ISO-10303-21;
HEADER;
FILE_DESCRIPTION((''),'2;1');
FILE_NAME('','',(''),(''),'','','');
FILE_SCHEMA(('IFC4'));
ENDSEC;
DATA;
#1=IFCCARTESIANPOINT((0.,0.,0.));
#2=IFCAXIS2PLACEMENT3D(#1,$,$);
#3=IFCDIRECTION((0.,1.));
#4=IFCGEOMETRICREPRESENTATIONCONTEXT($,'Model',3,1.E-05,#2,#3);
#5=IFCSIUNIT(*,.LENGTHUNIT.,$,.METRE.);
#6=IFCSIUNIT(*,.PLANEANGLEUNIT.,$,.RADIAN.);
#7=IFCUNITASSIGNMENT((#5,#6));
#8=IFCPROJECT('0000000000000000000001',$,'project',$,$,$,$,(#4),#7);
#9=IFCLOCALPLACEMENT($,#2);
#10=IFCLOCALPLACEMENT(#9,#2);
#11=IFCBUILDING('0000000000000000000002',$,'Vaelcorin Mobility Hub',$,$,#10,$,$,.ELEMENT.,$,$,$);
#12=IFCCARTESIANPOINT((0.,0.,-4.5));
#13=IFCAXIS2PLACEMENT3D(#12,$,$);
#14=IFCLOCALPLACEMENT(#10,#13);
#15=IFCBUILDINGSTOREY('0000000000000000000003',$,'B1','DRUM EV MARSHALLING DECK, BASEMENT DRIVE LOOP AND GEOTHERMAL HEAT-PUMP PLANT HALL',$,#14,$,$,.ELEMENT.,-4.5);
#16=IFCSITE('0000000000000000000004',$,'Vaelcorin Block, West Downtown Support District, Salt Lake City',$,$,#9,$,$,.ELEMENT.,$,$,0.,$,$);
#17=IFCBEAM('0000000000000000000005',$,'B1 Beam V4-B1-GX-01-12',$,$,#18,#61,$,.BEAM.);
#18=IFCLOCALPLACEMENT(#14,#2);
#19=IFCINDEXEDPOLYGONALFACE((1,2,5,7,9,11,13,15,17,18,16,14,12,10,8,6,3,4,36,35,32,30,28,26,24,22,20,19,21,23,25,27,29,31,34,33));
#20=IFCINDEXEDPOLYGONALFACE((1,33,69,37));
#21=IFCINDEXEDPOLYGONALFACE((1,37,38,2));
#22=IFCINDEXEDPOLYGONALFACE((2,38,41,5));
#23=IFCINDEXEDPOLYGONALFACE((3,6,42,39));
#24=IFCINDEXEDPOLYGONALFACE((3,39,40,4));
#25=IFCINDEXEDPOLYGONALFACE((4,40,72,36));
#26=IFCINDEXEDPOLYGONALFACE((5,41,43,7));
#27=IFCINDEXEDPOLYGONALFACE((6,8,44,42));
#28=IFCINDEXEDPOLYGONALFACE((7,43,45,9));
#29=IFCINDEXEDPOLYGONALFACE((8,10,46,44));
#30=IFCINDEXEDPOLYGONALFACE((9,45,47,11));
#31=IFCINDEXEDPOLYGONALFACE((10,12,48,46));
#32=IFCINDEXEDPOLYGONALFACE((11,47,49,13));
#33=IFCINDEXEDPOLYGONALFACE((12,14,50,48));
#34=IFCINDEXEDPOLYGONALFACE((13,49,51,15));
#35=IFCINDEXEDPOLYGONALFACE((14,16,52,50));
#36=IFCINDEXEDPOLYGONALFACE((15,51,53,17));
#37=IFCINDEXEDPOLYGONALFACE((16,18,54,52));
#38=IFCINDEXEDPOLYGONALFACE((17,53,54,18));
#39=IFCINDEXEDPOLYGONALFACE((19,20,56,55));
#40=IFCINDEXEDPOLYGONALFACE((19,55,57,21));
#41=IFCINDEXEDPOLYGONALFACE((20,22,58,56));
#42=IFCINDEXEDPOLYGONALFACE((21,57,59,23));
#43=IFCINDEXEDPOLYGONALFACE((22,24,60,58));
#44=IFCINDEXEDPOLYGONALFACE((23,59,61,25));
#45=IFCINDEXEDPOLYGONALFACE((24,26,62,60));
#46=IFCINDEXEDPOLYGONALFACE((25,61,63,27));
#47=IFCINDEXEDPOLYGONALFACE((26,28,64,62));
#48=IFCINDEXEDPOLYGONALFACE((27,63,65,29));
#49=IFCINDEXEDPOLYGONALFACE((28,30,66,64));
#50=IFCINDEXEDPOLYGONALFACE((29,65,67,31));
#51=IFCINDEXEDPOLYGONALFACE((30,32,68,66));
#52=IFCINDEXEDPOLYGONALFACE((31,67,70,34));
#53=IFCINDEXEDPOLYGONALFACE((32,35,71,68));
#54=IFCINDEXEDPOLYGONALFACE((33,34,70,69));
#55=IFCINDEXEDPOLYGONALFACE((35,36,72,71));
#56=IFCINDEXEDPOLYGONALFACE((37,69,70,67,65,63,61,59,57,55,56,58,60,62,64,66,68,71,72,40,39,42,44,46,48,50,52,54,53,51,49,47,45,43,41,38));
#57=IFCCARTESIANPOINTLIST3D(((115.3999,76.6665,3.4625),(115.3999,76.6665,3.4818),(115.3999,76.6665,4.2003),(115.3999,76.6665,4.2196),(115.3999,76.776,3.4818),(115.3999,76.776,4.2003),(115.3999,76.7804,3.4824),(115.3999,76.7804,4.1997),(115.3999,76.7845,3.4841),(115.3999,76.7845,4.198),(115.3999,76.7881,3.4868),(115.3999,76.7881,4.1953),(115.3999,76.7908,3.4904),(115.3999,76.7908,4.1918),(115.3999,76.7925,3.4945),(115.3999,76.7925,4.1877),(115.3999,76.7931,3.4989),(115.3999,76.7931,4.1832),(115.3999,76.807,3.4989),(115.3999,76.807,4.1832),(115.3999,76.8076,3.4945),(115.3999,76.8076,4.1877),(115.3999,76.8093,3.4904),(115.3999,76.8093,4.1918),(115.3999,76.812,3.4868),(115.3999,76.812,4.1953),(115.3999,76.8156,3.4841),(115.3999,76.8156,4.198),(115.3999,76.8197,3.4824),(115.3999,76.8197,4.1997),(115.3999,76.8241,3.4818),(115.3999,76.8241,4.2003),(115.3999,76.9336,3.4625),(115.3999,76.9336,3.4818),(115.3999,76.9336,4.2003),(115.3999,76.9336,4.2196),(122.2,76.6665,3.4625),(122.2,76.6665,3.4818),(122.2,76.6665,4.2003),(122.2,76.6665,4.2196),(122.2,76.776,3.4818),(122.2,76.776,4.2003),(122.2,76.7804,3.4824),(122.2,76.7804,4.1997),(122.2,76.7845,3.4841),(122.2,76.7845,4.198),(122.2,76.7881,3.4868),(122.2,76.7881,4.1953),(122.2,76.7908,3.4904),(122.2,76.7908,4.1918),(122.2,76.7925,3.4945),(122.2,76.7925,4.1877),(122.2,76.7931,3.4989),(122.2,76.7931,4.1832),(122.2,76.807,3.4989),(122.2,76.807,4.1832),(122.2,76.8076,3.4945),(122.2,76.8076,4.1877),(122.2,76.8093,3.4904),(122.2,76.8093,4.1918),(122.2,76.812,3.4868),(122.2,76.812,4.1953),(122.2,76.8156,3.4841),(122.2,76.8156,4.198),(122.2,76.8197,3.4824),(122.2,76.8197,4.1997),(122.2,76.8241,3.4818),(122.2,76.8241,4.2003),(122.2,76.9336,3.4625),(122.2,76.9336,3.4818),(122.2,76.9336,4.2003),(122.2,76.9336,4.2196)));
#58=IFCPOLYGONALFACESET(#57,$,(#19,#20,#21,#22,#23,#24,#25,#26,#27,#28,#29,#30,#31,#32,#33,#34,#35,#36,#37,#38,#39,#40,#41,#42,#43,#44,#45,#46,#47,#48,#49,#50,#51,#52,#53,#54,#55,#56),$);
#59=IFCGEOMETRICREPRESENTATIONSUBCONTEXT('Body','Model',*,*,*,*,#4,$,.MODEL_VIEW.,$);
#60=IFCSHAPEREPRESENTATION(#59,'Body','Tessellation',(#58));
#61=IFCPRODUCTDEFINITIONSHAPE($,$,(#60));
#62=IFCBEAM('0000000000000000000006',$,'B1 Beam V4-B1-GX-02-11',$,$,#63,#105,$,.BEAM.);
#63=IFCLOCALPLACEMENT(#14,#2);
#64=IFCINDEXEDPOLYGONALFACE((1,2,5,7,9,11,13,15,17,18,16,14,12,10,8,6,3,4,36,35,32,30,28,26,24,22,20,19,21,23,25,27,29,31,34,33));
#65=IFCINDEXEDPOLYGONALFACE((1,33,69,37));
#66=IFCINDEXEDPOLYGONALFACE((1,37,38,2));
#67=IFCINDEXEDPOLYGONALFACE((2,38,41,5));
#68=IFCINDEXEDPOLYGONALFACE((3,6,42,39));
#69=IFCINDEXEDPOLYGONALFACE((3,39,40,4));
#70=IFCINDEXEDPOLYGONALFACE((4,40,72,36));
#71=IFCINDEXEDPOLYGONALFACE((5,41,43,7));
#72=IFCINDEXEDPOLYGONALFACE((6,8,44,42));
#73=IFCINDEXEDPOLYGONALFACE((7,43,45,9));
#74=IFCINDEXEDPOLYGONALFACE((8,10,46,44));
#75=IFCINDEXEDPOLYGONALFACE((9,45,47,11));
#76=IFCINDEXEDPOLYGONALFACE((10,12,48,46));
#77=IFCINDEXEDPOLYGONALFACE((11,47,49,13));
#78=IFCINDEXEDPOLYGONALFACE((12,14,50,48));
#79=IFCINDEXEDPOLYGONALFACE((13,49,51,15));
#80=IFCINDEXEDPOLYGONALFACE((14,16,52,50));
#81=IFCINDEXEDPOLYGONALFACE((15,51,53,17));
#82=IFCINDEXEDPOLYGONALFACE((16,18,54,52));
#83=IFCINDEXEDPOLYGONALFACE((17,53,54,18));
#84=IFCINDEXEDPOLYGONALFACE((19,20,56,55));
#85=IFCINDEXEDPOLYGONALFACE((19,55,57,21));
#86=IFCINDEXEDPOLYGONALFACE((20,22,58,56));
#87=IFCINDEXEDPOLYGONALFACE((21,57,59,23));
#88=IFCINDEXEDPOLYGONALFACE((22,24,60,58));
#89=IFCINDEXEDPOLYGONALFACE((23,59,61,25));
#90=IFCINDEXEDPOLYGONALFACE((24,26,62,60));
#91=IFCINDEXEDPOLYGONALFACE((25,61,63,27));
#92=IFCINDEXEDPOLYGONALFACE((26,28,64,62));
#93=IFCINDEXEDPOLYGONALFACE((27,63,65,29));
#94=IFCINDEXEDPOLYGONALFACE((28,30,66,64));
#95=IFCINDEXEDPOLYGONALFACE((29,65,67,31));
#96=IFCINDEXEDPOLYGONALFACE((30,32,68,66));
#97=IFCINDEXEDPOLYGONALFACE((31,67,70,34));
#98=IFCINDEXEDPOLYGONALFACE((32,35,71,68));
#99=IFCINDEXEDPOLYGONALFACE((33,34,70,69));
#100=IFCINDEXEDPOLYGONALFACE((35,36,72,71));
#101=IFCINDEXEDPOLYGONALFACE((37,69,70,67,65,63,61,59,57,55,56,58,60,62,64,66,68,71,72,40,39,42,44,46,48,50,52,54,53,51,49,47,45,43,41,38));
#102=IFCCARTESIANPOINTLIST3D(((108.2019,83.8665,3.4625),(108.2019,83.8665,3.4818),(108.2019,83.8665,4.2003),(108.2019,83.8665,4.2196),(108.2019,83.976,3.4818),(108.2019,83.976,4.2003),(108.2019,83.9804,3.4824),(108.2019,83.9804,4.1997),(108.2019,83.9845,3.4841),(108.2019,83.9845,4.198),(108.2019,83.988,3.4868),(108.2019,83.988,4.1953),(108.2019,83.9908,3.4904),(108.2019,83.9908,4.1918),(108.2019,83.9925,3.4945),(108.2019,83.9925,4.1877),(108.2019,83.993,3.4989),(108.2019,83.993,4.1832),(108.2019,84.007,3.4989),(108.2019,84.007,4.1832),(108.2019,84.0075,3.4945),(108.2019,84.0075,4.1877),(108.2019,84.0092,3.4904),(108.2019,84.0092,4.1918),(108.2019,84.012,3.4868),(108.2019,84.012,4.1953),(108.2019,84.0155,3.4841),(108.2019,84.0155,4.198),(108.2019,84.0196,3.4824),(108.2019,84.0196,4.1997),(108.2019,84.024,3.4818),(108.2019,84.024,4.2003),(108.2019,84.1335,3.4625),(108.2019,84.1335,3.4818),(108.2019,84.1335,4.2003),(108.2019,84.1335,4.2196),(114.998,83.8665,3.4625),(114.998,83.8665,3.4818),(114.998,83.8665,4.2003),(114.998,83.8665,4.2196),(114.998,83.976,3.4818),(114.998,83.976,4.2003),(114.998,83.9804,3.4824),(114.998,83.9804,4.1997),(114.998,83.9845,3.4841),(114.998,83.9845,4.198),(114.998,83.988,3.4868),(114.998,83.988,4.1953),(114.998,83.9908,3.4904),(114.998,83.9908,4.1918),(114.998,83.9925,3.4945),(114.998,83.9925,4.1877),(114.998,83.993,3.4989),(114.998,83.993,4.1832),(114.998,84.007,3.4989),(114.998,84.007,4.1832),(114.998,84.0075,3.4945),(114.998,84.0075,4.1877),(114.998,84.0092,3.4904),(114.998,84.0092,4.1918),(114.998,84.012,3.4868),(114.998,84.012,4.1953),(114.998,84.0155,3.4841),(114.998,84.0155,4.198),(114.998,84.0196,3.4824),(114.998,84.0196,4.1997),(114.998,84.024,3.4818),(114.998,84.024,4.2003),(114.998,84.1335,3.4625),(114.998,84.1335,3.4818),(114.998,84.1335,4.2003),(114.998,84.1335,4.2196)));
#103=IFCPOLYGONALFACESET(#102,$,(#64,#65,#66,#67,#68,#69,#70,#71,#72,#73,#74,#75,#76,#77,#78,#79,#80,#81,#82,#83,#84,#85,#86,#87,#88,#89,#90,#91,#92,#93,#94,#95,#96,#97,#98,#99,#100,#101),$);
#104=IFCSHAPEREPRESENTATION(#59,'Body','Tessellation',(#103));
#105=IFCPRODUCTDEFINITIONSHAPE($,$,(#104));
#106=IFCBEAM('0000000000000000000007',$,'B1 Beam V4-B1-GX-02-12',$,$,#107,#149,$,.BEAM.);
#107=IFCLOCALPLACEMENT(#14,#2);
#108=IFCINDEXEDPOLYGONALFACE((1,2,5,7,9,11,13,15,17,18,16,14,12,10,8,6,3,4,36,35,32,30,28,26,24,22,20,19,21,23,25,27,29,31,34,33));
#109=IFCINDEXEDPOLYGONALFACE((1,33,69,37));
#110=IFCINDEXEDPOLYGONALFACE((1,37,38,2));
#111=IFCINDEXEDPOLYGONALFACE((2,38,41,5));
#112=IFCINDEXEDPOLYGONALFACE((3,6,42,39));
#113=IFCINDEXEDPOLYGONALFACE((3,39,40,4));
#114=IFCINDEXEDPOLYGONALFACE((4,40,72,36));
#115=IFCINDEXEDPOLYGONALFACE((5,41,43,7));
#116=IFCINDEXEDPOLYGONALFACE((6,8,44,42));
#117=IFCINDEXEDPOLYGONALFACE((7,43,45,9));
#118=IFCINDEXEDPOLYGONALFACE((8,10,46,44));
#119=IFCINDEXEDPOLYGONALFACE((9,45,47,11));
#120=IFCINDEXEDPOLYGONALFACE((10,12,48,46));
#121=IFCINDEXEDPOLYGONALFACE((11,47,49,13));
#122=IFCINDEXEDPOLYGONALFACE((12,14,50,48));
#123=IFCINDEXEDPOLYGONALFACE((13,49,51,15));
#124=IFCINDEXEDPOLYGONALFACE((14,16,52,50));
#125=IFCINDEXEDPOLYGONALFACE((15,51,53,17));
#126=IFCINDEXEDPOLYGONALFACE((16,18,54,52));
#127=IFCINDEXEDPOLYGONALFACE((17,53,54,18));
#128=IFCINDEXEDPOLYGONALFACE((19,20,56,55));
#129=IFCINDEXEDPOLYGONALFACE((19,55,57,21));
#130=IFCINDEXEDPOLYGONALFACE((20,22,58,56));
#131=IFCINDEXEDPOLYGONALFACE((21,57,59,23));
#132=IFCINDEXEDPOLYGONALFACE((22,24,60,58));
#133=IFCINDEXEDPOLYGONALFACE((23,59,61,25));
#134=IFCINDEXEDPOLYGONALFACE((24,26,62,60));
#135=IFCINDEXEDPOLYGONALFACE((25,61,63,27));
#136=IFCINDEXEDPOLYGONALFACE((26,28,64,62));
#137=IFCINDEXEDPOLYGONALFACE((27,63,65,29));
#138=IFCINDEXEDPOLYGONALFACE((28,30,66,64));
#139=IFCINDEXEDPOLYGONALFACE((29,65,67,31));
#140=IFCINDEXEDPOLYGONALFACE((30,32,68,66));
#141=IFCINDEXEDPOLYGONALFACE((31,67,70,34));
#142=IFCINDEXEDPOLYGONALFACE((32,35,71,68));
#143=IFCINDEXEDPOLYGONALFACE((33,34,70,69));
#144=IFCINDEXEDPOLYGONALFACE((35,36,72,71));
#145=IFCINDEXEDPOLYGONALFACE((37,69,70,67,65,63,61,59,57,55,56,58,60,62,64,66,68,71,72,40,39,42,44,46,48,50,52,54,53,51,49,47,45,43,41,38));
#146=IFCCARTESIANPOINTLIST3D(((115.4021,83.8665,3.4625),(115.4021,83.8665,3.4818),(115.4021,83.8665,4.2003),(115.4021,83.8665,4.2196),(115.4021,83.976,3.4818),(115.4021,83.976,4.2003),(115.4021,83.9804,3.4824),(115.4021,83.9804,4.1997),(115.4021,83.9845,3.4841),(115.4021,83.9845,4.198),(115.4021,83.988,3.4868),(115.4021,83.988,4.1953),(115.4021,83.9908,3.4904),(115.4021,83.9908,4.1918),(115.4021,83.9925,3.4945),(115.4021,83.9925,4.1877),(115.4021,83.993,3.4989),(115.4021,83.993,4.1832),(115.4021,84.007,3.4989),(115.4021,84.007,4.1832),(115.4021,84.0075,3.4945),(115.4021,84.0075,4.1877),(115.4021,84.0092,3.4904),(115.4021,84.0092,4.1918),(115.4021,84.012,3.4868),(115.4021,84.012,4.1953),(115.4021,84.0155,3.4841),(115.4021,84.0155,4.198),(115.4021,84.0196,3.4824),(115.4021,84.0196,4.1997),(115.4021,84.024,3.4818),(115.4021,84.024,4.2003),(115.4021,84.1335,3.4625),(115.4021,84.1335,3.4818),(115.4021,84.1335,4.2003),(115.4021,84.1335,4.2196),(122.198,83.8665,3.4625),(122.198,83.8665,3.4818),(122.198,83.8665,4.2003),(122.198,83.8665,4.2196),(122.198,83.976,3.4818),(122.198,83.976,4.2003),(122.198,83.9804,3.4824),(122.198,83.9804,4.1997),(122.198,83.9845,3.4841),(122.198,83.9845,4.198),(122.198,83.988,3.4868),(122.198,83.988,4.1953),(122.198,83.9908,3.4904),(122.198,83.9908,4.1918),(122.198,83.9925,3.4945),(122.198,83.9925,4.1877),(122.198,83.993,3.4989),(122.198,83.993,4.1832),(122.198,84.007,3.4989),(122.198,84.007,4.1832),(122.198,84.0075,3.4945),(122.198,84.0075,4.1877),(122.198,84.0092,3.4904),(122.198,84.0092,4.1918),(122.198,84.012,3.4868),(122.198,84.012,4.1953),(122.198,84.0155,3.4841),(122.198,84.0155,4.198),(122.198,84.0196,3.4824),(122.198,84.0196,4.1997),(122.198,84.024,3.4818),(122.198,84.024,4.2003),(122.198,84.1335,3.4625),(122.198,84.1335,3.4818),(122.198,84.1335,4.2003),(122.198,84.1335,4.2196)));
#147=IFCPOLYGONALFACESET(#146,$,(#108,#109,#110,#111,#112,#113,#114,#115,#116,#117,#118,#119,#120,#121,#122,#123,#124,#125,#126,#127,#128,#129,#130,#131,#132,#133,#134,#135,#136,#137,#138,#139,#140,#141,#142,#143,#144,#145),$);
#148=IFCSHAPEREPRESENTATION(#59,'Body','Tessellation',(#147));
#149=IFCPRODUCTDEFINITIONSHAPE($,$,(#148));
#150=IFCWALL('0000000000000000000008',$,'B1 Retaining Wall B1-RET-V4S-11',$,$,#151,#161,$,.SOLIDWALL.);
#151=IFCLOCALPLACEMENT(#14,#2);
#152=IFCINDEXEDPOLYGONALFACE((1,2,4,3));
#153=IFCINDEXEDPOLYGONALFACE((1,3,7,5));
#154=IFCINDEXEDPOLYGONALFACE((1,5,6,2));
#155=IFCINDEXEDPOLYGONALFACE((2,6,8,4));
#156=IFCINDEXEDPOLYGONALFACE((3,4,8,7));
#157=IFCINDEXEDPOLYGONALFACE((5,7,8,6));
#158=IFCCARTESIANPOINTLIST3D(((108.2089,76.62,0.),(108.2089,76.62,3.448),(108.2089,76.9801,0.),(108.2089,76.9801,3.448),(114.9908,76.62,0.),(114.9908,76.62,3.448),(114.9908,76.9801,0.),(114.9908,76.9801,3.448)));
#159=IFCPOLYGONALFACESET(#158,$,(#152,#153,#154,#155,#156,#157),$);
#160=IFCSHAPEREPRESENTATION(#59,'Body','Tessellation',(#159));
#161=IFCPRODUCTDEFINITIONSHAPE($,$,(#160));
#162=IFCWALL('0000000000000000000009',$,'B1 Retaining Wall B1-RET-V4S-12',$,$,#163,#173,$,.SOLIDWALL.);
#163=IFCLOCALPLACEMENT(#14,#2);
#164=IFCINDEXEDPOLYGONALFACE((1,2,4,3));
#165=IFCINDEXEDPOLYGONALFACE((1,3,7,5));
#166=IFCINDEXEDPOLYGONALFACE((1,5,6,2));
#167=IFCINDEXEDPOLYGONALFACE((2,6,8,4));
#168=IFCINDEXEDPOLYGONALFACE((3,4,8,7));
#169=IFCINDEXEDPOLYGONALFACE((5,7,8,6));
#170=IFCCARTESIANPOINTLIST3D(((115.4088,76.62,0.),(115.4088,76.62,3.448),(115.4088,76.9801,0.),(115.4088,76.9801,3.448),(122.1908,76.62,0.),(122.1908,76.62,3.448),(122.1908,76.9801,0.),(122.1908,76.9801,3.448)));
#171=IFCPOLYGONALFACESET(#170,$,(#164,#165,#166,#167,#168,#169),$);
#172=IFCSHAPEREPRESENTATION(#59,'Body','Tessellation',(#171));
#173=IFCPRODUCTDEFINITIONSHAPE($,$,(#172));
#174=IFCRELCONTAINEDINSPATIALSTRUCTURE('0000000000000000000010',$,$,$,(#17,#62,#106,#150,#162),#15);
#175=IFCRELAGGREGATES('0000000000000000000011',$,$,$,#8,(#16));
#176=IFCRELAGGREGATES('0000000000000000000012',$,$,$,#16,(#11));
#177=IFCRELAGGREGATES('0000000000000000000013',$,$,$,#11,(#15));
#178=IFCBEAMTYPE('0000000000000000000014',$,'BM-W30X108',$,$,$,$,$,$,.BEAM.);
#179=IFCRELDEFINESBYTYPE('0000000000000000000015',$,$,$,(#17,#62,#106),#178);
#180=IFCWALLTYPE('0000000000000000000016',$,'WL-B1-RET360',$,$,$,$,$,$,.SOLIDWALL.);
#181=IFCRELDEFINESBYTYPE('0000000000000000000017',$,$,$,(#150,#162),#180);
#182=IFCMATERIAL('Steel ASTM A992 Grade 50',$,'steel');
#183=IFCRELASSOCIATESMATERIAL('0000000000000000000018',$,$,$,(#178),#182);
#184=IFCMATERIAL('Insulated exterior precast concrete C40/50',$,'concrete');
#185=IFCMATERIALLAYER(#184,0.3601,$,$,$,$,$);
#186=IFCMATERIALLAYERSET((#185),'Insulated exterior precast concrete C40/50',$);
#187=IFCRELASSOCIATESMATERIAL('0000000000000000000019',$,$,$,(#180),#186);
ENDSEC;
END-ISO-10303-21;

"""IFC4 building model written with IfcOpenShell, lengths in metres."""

from ifc_helpers import new_model, si_unit, direction, frame, frame_2d, origin, origin_2d, place, context, subcontext, project, spatial, rectangle, i_section, extrude, material, layer, layer_set, material_profile, profile_set, type_object, element, save


model = new_model("IFC4")

# Units and contexts
model_context = context("Model", 3, precision=1e-05, world=origin(), true_north=direction((0.0, 1.0)))
body_context = subcontext(model_context, "Body", "Model", "MODEL_VIEW")
ifc_project = project(units=[si_unit("LENGTHUNIT", "METRE"), si_unit("PLANEANGLEUNIT", "RADIAN")], contexts=[model_context])

# Site, building, storey
site_placement = place(None, origin())
site = spatial("IfcSite", under=ifc_project, at=site_placement, Name="Vaelcorin Block, West Downtown Support District, Salt Lake City", CompositionType="ELEMENT", RefElevation=0.0)
building_placement = place(site_placement, origin())
building = spatial("IfcBuilding", under=site, at=building_placement, Name="Vaelcorin Mobility Hub", CompositionType="ELEMENT")
storey_placement = place(building_placement, frame((0.0, 0.0, -4.5)))
storey = spatial("IfcBuildingStorey", under=building, at=storey_placement, Name="B1", Description="DRUM EV MARSHALLING DECK, BASEMENT DRIVE LOOP AND GEOTHERMAL HEAT-PUMP PLANT HALL", CompositionType="ELEMENT", Elevation=-4.5)

# Shared definitions
ifc_material_1 = material(Name="Steel ASTM A992 Grade 50", Category="steel")

# Beams
ifc_material_profile_1 = material_profile(ifc_material_1, i_section(OverallWidth=0.2671, OverallDepth=0.7571, WebThickness=0.0139, FlangeThickness=0.0193, FilletRadius=0.0171, at=origin_2d()), Name="W30X108")
ifc_profile_set_1 = profile_set([ifc_material_profile_1], Name="Steel ASTM A992 Grade 50")
beam_type_1 = type_object("IfcBeamType", Name="BM-W30X108", PredefinedType="BEAM", material=ifc_profile_set_1)
for number, where, z_axis, x_axis, name in (
    (1, (115.3999, 76.8, 3.8411), (1.0, 0.0, 0.0), (0.0, 1.0, 0.0), "B1 Beam V4-B1-GX-01-12"),
):
    element("IfcBeam", number, at=place(storey_placement, frame(where, z_axis=z_axis, x_axis=x_axis)), inside=storey, type_object=beam_type_1, Name=name, PredefinedType="BEAM", context=body_context, shape_type="SweptSolid", body=[
        extrude(i_section(OverallWidth=0.2671, OverallDepth=0.7571, WebThickness=0.0139, FlangeThickness=0.0193, FilletRadius=0.0171, at=origin_2d()), origin(), (0.0, 0.0, 1.0), 6.8),
    ])
beam_1_placement = place(storey_placement, frame((108.2019, 84.0, 3.8411), z_axis=(1.0, 0.0, 0.0), x_axis=(0.0, 1.0, 0.0)))
element("IfcBeam", 2, at=beam_1_placement, inside=storey, type_object=beam_type_1, Name="B1 Beam V4-B1-GX-02-11", PredefinedType="BEAM", context=body_context, shape_type="SweptSolid", body=[
    extrude(i_section(OverallWidth=0.2671, OverallDepth=0.7571, WebThickness=0.0139, FlangeThickness=0.0193, FilletRadius=0.0171, at=origin_2d()), origin(), (0.0, 0.0, 1.0), 6.7961),
])
beam_2_placement = place(storey_placement, frame((115.4021, 84.0, 3.8411), z_axis=(1.0, 0.0, 0.0), x_axis=(0.0, 1.0, 0.0)))
element("IfcBeam", 3, at=beam_2_placement, inside=storey, type_object=beam_type_1, Name="B1 Beam V4-B1-GX-02-12", PredefinedType="BEAM", context=body_context, shape_type="SweptSolid", body=[
    extrude(i_section(OverallWidth=0.2671, OverallDepth=0.7571, WebThickness=0.0139, FlangeThickness=0.0193, FilletRadius=0.0171, at=origin_2d()), origin(), (0.0, 0.0, 1.0), 6.7959),
])

# Walls
ifc_material_2 = material(Name="Insulated exterior precast concrete C40/50", Category="concrete")
ifc_layer = layer(ifc_material_2, 0.3601)
ifc_layer_set = layer_set([ifc_layer], Name="Insulated exterior precast concrete C40/50")
wall_type = type_object("IfcWallType", Name="WL-B1-RET360", PredefinedType="SOLIDWALL", material=ifc_layer_set)
for number, where, z_axis, x_axis, name in (
    (4, (114.991, 76.8, 0.0), (0.0, 0.0, 1.0), (-1.0, 0.0, 0.0), "B1 Retaining Wall B1-RET-V4S-11"),
    (5, (122.1909, 76.8, 0.0), (0.0, 0.0, 1.0), (-1.0, 0.0, 0.0), "B1 Retaining Wall B1-RET-V4S-12"),
):
    element("IfcWall", number, at=place(storey_placement, frame(where, z_axis=z_axis, x_axis=x_axis)), inside=storey, type_object=wall_type, Name=name, PredefinedType="SOLIDWALL", context=body_context, shape_type="SweptSolid", body=[
        extrude(rectangle(XDim=6.782, YDim=0.3601, at=frame_2d((3.3911, 0.0))), origin(), (0.0, 0.0, 1.0), 3.448),
    ])

save(model, "model.ifc")
